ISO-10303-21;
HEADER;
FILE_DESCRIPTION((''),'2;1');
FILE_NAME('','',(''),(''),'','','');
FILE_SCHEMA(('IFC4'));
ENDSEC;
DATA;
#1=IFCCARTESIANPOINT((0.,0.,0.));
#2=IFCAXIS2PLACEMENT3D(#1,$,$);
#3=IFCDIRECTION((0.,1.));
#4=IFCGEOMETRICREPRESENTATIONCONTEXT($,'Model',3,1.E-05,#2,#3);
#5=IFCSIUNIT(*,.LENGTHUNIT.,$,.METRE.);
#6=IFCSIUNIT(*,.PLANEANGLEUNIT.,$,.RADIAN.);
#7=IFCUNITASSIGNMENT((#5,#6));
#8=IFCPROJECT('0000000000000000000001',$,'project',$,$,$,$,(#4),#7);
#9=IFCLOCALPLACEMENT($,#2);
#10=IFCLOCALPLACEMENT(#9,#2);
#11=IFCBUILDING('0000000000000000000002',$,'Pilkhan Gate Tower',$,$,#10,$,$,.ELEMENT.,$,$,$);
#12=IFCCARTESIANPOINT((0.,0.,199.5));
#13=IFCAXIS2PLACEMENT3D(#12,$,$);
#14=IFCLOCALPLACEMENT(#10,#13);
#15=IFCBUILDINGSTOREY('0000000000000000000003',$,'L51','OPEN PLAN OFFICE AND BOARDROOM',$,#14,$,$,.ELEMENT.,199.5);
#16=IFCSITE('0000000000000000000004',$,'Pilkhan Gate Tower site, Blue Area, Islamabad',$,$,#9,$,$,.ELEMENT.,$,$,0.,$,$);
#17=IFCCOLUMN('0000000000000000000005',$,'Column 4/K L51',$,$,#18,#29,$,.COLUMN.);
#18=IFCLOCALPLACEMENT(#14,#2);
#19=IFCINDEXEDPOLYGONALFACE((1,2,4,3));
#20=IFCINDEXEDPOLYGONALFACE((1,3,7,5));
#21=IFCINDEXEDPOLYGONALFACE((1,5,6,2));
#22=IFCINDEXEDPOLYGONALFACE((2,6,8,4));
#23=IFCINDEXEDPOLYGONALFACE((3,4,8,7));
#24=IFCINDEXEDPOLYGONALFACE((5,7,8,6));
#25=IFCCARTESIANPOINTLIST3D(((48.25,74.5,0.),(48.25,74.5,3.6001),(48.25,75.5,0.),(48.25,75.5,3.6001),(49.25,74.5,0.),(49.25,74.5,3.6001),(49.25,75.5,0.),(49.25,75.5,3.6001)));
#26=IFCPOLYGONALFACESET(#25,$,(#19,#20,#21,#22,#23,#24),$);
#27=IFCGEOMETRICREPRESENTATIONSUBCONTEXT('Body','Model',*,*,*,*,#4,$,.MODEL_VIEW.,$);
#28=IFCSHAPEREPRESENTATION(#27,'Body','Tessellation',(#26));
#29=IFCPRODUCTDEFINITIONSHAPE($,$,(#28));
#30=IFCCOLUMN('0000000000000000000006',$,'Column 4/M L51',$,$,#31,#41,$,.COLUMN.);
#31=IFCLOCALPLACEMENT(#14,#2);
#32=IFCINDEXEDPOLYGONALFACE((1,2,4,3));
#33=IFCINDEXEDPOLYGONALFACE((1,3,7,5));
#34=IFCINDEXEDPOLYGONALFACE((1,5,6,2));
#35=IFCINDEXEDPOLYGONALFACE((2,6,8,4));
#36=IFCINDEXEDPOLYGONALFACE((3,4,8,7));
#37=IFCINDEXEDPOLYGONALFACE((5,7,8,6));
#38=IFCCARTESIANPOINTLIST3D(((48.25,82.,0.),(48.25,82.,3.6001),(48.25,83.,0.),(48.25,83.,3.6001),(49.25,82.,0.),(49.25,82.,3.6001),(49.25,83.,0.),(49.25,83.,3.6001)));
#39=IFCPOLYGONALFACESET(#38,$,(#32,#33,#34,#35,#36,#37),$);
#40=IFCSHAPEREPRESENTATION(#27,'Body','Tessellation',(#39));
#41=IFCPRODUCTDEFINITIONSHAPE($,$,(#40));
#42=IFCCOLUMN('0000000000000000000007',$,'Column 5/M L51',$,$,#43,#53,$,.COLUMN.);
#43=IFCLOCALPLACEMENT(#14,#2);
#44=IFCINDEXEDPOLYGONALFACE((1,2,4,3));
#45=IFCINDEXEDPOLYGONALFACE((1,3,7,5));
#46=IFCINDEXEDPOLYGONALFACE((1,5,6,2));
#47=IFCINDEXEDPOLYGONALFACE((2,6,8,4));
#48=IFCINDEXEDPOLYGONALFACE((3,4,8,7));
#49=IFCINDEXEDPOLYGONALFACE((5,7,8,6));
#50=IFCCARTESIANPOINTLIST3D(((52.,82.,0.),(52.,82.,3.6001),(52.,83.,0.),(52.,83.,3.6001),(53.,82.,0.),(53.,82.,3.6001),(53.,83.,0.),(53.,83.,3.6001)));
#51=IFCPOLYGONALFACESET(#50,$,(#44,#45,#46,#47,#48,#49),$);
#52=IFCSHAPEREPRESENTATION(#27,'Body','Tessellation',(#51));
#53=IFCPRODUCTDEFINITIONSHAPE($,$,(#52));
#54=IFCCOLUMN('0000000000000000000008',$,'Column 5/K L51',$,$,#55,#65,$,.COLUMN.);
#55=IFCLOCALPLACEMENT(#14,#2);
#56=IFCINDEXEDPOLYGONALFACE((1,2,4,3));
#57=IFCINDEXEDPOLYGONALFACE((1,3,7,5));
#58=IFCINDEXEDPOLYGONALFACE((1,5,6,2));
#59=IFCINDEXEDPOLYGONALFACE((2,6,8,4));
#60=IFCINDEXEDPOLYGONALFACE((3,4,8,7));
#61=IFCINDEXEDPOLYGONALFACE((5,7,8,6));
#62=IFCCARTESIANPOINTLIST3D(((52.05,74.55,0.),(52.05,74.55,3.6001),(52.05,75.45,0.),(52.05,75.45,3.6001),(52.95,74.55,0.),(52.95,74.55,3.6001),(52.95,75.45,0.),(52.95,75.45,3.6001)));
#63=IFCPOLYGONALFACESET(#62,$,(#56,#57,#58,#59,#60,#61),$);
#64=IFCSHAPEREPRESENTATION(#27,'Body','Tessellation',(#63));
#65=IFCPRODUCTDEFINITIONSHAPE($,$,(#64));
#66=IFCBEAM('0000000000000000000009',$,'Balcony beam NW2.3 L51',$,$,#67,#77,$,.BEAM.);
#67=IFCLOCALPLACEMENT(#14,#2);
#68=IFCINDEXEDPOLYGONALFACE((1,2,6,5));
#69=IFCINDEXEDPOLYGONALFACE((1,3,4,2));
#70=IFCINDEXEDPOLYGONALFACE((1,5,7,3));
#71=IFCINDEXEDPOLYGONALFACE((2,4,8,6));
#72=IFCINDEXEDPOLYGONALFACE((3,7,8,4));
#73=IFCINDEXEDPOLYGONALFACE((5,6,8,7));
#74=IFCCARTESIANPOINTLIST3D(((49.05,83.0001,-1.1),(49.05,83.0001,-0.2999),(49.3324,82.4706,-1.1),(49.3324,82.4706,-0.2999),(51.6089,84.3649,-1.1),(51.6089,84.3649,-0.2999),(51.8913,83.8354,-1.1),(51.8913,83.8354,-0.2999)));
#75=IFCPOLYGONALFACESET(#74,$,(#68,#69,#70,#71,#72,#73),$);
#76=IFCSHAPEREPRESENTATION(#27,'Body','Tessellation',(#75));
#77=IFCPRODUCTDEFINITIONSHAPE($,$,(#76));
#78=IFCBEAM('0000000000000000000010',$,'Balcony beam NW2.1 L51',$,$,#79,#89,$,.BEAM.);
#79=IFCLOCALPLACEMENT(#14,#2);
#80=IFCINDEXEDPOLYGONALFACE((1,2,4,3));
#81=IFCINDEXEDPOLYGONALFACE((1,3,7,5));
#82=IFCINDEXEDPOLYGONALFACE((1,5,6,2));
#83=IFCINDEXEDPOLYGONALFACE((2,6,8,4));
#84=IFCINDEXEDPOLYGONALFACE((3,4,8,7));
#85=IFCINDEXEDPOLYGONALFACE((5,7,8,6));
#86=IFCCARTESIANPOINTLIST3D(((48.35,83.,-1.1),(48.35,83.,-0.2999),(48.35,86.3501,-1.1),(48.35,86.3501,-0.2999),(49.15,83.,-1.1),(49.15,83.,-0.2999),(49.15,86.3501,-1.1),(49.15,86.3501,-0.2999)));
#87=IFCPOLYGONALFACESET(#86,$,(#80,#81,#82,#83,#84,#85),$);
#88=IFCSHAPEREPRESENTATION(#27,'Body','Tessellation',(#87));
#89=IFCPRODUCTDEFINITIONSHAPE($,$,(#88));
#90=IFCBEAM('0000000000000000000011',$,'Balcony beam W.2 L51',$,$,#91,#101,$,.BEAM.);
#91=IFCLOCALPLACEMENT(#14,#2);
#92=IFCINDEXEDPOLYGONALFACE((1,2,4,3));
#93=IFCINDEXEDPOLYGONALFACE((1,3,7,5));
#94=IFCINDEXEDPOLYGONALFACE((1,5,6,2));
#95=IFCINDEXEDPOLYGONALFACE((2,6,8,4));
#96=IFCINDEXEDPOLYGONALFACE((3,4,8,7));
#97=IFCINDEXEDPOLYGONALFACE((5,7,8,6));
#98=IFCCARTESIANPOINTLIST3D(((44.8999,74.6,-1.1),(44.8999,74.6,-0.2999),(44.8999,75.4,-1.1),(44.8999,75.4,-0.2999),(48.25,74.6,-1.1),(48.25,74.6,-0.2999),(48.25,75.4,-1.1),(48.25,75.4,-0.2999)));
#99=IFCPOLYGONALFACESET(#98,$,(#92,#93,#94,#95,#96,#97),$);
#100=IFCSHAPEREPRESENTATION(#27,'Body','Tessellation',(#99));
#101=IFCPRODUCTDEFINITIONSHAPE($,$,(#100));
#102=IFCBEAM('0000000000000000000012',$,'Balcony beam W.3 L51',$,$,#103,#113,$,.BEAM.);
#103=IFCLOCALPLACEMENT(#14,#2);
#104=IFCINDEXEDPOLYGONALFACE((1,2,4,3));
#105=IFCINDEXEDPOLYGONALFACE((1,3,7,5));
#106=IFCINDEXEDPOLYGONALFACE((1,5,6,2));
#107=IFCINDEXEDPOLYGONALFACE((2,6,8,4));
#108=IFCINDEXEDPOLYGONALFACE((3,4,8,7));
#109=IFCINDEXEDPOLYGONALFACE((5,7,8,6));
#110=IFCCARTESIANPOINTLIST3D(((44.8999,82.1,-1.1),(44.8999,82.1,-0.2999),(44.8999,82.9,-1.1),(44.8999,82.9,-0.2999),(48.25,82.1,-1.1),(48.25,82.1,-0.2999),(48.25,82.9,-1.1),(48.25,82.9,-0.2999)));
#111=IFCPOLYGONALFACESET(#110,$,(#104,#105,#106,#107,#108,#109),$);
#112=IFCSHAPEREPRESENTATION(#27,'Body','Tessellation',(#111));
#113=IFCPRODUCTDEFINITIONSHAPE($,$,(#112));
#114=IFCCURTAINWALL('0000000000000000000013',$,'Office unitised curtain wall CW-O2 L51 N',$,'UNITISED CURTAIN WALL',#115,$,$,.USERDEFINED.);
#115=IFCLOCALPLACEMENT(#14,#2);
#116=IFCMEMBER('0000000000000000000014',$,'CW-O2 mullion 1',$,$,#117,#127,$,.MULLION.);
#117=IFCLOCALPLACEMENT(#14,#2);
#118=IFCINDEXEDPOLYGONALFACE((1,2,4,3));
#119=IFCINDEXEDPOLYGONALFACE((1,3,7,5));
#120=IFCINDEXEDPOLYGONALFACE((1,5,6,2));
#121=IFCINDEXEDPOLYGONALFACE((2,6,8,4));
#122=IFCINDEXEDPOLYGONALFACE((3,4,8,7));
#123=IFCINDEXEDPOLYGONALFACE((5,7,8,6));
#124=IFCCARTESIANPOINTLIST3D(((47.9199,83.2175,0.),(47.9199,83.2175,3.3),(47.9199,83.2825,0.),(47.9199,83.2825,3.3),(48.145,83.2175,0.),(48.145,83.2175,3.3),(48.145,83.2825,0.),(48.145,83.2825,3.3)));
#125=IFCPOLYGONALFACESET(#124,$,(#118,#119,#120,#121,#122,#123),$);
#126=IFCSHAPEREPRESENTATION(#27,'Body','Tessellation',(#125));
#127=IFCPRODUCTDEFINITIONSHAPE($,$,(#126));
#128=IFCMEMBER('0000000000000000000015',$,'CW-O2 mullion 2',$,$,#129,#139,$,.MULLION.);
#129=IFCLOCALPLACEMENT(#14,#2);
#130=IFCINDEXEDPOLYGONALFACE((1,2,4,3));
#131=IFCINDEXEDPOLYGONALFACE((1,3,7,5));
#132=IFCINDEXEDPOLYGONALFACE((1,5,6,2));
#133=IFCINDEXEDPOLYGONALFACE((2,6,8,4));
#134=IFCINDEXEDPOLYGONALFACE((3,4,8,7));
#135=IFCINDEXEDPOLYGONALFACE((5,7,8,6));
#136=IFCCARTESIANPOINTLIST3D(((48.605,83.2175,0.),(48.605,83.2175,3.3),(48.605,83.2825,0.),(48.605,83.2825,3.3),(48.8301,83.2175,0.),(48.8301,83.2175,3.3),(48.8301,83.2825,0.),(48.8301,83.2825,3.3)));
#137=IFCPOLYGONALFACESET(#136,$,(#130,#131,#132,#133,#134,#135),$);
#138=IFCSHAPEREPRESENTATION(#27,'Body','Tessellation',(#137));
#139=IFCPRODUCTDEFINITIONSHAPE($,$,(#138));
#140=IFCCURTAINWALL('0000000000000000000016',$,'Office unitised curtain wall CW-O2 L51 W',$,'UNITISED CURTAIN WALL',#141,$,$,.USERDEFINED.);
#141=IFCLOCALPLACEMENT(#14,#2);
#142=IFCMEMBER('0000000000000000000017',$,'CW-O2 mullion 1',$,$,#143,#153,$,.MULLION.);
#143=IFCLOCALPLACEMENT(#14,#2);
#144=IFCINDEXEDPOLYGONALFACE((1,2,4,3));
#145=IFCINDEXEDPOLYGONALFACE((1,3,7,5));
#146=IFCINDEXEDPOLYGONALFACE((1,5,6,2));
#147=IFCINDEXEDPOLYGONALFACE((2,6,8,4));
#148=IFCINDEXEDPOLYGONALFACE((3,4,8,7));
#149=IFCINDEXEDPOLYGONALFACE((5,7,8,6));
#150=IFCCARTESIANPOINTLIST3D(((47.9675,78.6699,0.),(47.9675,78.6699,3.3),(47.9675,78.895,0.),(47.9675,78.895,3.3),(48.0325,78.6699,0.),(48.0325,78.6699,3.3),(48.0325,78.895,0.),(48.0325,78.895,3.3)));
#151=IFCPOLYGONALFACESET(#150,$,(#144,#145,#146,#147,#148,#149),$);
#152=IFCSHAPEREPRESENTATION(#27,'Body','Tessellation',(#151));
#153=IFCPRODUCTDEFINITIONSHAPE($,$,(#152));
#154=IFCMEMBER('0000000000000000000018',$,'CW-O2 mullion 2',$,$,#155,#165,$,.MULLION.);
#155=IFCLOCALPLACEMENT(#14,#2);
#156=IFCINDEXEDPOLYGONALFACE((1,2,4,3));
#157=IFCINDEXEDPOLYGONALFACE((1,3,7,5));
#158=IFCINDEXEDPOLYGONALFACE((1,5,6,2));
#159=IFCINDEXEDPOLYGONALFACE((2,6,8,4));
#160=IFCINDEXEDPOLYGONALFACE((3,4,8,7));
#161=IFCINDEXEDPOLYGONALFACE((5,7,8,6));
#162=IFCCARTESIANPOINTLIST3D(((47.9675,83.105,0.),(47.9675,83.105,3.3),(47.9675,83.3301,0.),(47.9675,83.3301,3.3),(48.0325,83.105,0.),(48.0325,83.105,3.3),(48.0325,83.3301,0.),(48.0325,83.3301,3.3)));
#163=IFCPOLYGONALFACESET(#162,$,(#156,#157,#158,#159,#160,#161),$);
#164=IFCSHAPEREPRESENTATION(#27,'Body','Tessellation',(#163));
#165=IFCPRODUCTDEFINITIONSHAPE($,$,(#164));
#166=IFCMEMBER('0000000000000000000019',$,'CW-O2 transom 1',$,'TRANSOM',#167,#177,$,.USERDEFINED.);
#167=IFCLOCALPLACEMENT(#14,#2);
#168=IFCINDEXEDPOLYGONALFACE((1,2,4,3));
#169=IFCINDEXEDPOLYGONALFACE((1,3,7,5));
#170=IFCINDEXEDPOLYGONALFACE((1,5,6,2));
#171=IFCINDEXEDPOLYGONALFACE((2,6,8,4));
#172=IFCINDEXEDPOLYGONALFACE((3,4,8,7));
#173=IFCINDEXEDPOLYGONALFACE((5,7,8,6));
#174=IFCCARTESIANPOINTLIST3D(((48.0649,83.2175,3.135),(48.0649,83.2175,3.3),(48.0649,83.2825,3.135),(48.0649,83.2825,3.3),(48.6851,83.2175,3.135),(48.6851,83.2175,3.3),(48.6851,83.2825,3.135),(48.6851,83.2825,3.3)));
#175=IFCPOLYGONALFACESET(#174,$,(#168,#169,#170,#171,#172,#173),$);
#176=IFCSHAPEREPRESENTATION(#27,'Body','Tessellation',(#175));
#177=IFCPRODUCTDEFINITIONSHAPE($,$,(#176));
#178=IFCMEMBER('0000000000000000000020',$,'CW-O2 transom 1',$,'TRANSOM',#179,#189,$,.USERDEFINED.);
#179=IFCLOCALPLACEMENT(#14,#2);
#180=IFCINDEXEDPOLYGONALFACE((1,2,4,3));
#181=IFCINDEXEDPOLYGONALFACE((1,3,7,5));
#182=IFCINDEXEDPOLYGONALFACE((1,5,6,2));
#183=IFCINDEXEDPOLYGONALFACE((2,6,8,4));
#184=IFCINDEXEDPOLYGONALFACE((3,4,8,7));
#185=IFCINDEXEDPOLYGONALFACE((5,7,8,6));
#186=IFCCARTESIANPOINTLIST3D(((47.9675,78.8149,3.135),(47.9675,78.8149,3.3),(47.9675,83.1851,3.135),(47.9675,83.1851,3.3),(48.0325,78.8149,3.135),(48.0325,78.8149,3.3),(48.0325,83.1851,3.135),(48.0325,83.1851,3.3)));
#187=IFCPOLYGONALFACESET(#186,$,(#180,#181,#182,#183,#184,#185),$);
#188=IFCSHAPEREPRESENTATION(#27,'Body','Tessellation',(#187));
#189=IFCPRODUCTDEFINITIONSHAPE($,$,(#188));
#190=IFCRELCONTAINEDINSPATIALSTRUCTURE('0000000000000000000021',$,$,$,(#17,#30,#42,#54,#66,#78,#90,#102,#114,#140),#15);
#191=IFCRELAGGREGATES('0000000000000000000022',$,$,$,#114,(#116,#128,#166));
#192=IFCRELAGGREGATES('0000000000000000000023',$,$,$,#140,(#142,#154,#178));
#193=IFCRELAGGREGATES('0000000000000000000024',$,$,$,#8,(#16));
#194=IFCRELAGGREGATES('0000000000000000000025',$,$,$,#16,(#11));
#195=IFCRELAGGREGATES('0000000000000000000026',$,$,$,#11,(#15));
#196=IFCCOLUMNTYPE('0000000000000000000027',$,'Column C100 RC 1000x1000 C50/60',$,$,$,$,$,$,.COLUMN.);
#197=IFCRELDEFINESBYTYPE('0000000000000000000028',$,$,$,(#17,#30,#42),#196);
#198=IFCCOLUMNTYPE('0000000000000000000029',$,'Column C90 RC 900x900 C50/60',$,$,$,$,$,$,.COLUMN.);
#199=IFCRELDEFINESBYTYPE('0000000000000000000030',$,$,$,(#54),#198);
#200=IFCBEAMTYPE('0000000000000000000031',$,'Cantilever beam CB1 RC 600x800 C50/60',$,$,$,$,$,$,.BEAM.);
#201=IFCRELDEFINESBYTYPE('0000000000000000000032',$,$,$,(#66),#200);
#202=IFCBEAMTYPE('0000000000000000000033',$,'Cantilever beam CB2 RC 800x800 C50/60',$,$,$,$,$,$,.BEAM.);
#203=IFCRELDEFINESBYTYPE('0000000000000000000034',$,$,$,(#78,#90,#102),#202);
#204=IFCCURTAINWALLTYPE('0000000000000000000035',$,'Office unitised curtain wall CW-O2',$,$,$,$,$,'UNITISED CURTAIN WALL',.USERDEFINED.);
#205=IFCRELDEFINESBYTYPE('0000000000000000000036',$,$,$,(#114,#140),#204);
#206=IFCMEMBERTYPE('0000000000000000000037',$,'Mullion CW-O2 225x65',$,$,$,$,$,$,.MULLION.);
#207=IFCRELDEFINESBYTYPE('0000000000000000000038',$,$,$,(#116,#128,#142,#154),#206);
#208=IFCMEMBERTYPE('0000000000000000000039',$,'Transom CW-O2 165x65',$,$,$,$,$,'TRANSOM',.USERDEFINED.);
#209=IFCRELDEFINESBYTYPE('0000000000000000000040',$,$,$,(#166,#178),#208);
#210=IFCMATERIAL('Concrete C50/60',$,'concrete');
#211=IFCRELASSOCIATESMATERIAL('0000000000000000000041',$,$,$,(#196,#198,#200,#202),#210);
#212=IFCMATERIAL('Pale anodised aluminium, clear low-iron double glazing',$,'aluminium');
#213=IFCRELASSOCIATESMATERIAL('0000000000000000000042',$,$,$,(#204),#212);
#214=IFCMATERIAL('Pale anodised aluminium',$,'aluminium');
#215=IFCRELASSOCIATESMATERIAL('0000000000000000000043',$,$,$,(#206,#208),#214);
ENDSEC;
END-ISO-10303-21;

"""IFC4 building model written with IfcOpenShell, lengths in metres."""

from ifc_helpers import new_model, si_unit, direction, frame, origin, origin_2d, place, context, subcontext, project, spatial, rectangle, extrude, material, material_profile, profile_set, type_object, element, aggregate, save


model = new_model("IFC4")

# Units and contexts
model_context = context("Model", 3, precision=1e-05, world=origin(), true_north=direction((0.0, 1.0)))
body_context = subcontext(model_context, "Body", "Model", "MODEL_VIEW")
ifc_project = project(units=[si_unit("LENGTHUNIT", "METRE"), si_unit("PLANEANGLEUNIT", "RADIAN")], contexts=[model_context])

# Site, building, storey
site_placement = place(None, origin())
site = spatial("IfcSite", under=ifc_project, at=site_placement, Name="Pilkhan Gate Tower site, Blue Area, Islamabad", CompositionType="ELEMENT", RefElevation=0.0)
building_placement = place(site_placement, origin())
building = spatial("IfcBuilding", under=site, at=building_placement, Name="Pilkhan Gate Tower", CompositionType="ELEMENT")
storey_placement = place(building_placement, frame((0.0, 0.0, 199.5)))
storey = spatial("IfcBuildingStorey", under=building, at=storey_placement, Name="L51", Description="OPEN PLAN OFFICE AND BOARDROOM", CompositionType="ELEMENT", Elevation=199.5)

# Columns
ifc_material_1 = material(Name="Concrete C50/60", Category="concrete")
ifc_material_profile_1 = material_profile(ifc_material_1, rectangle(XDim=1.0, YDim=1.0, at=origin_2d()), Name="RC 1000x1000")
ifc_profile_set_1 = profile_set([ifc_material_profile_1], Name="Concrete C50/60")
column_type_1 = type_object("IfcColumnType", Name="Column C100 RC 1000x1000 C50/60", PredefinedType="COLUMN", material=ifc_profile_set_1)
for number, where, z_axis, x_axis, name in (
    (1, (48.75, 75.0, 0.0), (0.0, 0.0, 1.0), (1.0, 0.0, 0.0), "Column 4/K L51"),
    (2, (48.75, 82.5, 0.0), (0.0, 0.0, 1.0), (1.0, 0.0, 0.0), "Column 4/M L51"),
    (3, (52.5, 82.5, 0.0), (0.0, 0.0, 1.0), (1.0, 0.0, 0.0), "Column 5/M L51"),
):
    element("IfcColumn", number, at=place(storey_placement, frame(where, z_axis=z_axis, x_axis=x_axis)), inside=storey, type_object=column_type_1, Name=name, PredefinedType="COLUMN", context=body_context, shape_type="SweptSolid", body=[
        extrude(rectangle(XDim=1.0, YDim=1.0, at=origin_2d()), origin(), (0.0, 0.0, 1.0), 3.6001),
    ])
ifc_material_profile_2 = material_profile(ifc_material_1, rectangle(XDim=0.8999, YDim=0.8999, at=origin_2d()), Name="RC 900x900")
ifc_profile_set_2 = profile_set([ifc_material_profile_2], Name="Concrete C50/60")
column_type_2 = type_object("IfcColumnType", Name="Column C90 RC 900x900 C50/60", PredefinedType="COLUMN", material=ifc_profile_set_2)
column_placement = place(storey_placement, frame((52.5, 75.0, 0.0), z_axis=(0.0, 0.0, 1.0), x_axis=(1.0, 0.0, 0.0)))
element("IfcColumn", 4, at=column_placement, inside=storey, type_object=column_type_2, Name="Column 5/K L51", PredefinedType="COLUMN", context=body_context, shape_type="SweptSolid", body=[
    extrude(rectangle(XDim=0.8999, YDim=0.8999, at=origin_2d()), origin(), (0.0, 0.0, 1.0), 3.6001),
])

# Beams
ifc_material_profile_3 = material_profile(ifc_material_1, rectangle(XDim=0.6001, YDim=0.8, at=origin_2d()), Name="RC 600x800")
ifc_profile_set_3 = profile_set([ifc_material_profile_3], Name="Concrete C50/60")
beam_type_1 = type_object("IfcBeamType", Name="Cantilever beam CB1 RC 600x800 C50/60", PredefinedType="BEAM", material=ifc_profile_set_3)
beam_placement = place(storey_placement, frame((49.1912, 82.7354, -0.7), z_axis=(0.882348, 0.470597, 0.0), x_axis=(-0.470597, 0.882348, 0.0)))
element("IfcBeam", 5, at=beam_placement, inside=storey, type_object=beam_type_1, Name="Balcony beam NW2.3 L51", PredefinedType="BEAM", context=body_context, shape_type="SweptSolid", body=[
    extrude(rectangle(XDim=0.6001, YDim=0.8, at=origin_2d()), origin(), (0.0, 0.0, 1.0), 2.9001),
])
ifc_material_profile_4 = material_profile(ifc_material_1, rectangle(XDim=0.8, YDim=0.8, at=origin_2d()), Name="RC 800x800")
ifc_profile_set_4 = profile_set([ifc_material_profile_4], Name="Concrete C50/60")
beam_type_2 = type_object("IfcBeamType", Name="Cantilever beam CB2 RC 800x800 C50/60", PredefinedType="BEAM", material=ifc_profile_set_4)
for number, where, z_axis, x_axis, name in (
    (6, (48.75, 83.0, -0.7), (0.0, 1.0, 0.0), (-1.0, 0.0, 0.0), "Balcony beam NW2.1 L51"),
    (7, (48.25, 75.0, -0.7), (-1.0, 0.0, 0.0), (0.0, -1.0, 0.0), "Balcony beam W.2 L51"),
    (8, (48.25, 82.5, -0.7), (-1.0, 0.0, 0.0), (0.0, -1.0, 0.0), "Balcony beam W.3 L51"),
):
    element("IfcBeam", number, at=place(storey_placement, frame(where, z_axis=z_axis, x_axis=x_axis)), inside=storey, type_object=beam_type_2, Name=name, PredefinedType="BEAM", context=body_context, shape_type="SweptSolid", body=[
        extrude(rectangle(XDim=0.8, YDim=0.8, at=origin_2d()), origin(), (0.0, 0.0, 1.0), 3.3501),
    ])

# Curtain walls, members
ifc_material_2 = material(Name="Pale anodised aluminium, clear low-iron double glazing", Category="aluminium")
curtain_wall_type = type_object("IfcCurtainWallType", Name="Office unitised curtain wall CW-O2", ElementType="UNITISED CURTAIN WALL", PredefinedType="USERDEFINED", material=ifc_material_2)
curtain_wall_1_placement = place(storey_placement, origin())
curtain_wall_1 = element("IfcCurtainWall", 9, at=curtain_wall_1_placement, inside=storey, type_object=curtain_wall_type, Name="Office unitised curtain wall CW-O2 L51 N", ObjectType="UNITISED CURTAIN WALL", PredefinedType="USERDEFINED")
ifc_material_3 = material(Name="Pale anodised aluminium", Category="aluminium")
ifc_material_profile_5 = material_profile(ifc_material_3, rectangle(XDim=0.0649, YDim=0.2251, at=origin_2d()), Name="Mullion 225x65")
ifc_profile_set_5 = profile_set([ifc_material_profile_5], Name="Pale anodised aluminium")
member_type_1 = type_object("IfcMemberType", Name="Mullion CW-O2 225x65", PredefinedType="MULLION", material=ifc_profile_set_5)
member_1_placement = place(storey_placement, frame((48.0325, 83.25, 0.0), z_axis=(0.0, 0.0, 1.0), x_axis=(0.0, 1.0, 0.0)))
member_1 = element("IfcMember", 10, at=member_1_placement, type_object=member_type_1, Name="CW-O2 mullion 1", PredefinedType="MULLION", context=body_context, shape_type="SweptSolid", body=[
    extrude(rectangle(XDim=0.0649, YDim=0.2251, at=origin_2d()), origin(), (0.0, 0.0, 1.0), 3.3),
])
member_2_placement = place(storey_placement, frame((48.7175, 83.25, 0.0), z_axis=(0.0, 0.0, 1.0), x_axis=(0.0, 1.0, 0.0)))
member_2 = element("IfcMember", 11, at=member_2_placement, type_object=member_type_1, Name="CW-O2 mullion 2", PredefinedType="MULLION", context=body_context, shape_type="SweptSolid", body=[
    extrude(rectangle(XDim=0.0649, YDim=0.2251, at=origin_2d()), origin(), (0.0, 0.0, 1.0), 3.3),
])
curtain_wall_2_placement = place(storey_placement, origin())
curtain_wall_2 = element("IfcCurtainWall", 12, at=curtain_wall_2_placement, inside=storey, type_object=curtain_wall_type, Name="Office unitised curtain wall CW-O2 L51 W", ObjectType="UNITISED CURTAIN WALL", PredefinedType="USERDEFINED")
member_3_placement = place(storey_placement, frame((48.0, 78.7825, 0.0), z_axis=(0.0, 0.0, 1.0), x_axis=(-1.0, 0.0, 0.0)))
member_3 = element("IfcMember", 13, at=member_3_placement, type_object=member_type_1, Name="CW-O2 mullion 1", PredefinedType="MULLION", context=body_context, shape_type="SweptSolid", body=[
    extrude(rectangle(XDim=0.0649, YDim=0.2251, at=origin_2d()), origin(), (0.0, 0.0, 1.0), 3.3),
])
member_4_placement = place(storey_placement, frame((48.0, 83.2175, 0.0), z_axis=(0.0, 0.0, 1.0), x_axis=(-1.0, 0.0, 0.0)))
member_4 = element("IfcMember", 14, at=member_4_placement, type_object=member_type_1, Name="CW-O2 mullion 2", PredefinedType="MULLION", context=body_context, shape_type="SweptSolid", body=[
    extrude(rectangle(XDim=0.0649, YDim=0.2251, at=origin_2d()), origin(), (0.0, 0.0, 1.0), 3.3),
])

# Members
ifc_material_profile_6 = material_profile(ifc_material_3, rectangle(XDim=0.0649, YDim=0.165, at=origin_2d()), Name="Transom 165x65")
ifc_profile_set_6 = profile_set([ifc_material_profile_6], Name="Pale anodised aluminium")
member_type_2 = type_object("IfcMemberType", Name="Transom CW-O2 165x65", ElementType="TRANSOM", PredefinedType="USERDEFINED", material=ifc_profile_set_6)
member_5_placement = place(storey_placement, frame((48.0649, 83.25, 3.2175), z_axis=(1.0, 0.0, 0.0), x_axis=(0.0, 1.0, 0.0)))
member_5 = element("IfcMember", 15, at=member_5_placement, type_object=member_type_2, Name="CW-O2 transom 1", ObjectType="TRANSOM", PredefinedType="USERDEFINED", context=body_context, shape_type="SweptSolid", body=[
    extrude(rectangle(XDim=0.0649, YDim=0.165, at=origin_2d()), origin(), (0.0, 0.0, 1.0), 0.6201),
])
member_6_placement = place(storey_placement, frame((48.0, 78.8149, 3.2175), z_axis=(0.0, 1.0, 0.0), x_axis=(-1.0, 0.0, 0.0)))
member_6 = element("IfcMember", 16, at=member_6_placement, type_object=member_type_2, Name="CW-O2 transom 1", ObjectType="TRANSOM", PredefinedType="USERDEFINED", context=body_context, shape_type="SweptSolid", body=[
    extrude(rectangle(XDim=0.0649, YDim=0.165, at=origin_2d()), origin(), (0.0, 0.0, 1.0), 4.3701),
])

aggregate(curtain_wall_1, [member_1, member_2, member_5])
aggregate(curtain_wall_2, [member_3, member_4, member_6])

save(model, "model.ifc")
